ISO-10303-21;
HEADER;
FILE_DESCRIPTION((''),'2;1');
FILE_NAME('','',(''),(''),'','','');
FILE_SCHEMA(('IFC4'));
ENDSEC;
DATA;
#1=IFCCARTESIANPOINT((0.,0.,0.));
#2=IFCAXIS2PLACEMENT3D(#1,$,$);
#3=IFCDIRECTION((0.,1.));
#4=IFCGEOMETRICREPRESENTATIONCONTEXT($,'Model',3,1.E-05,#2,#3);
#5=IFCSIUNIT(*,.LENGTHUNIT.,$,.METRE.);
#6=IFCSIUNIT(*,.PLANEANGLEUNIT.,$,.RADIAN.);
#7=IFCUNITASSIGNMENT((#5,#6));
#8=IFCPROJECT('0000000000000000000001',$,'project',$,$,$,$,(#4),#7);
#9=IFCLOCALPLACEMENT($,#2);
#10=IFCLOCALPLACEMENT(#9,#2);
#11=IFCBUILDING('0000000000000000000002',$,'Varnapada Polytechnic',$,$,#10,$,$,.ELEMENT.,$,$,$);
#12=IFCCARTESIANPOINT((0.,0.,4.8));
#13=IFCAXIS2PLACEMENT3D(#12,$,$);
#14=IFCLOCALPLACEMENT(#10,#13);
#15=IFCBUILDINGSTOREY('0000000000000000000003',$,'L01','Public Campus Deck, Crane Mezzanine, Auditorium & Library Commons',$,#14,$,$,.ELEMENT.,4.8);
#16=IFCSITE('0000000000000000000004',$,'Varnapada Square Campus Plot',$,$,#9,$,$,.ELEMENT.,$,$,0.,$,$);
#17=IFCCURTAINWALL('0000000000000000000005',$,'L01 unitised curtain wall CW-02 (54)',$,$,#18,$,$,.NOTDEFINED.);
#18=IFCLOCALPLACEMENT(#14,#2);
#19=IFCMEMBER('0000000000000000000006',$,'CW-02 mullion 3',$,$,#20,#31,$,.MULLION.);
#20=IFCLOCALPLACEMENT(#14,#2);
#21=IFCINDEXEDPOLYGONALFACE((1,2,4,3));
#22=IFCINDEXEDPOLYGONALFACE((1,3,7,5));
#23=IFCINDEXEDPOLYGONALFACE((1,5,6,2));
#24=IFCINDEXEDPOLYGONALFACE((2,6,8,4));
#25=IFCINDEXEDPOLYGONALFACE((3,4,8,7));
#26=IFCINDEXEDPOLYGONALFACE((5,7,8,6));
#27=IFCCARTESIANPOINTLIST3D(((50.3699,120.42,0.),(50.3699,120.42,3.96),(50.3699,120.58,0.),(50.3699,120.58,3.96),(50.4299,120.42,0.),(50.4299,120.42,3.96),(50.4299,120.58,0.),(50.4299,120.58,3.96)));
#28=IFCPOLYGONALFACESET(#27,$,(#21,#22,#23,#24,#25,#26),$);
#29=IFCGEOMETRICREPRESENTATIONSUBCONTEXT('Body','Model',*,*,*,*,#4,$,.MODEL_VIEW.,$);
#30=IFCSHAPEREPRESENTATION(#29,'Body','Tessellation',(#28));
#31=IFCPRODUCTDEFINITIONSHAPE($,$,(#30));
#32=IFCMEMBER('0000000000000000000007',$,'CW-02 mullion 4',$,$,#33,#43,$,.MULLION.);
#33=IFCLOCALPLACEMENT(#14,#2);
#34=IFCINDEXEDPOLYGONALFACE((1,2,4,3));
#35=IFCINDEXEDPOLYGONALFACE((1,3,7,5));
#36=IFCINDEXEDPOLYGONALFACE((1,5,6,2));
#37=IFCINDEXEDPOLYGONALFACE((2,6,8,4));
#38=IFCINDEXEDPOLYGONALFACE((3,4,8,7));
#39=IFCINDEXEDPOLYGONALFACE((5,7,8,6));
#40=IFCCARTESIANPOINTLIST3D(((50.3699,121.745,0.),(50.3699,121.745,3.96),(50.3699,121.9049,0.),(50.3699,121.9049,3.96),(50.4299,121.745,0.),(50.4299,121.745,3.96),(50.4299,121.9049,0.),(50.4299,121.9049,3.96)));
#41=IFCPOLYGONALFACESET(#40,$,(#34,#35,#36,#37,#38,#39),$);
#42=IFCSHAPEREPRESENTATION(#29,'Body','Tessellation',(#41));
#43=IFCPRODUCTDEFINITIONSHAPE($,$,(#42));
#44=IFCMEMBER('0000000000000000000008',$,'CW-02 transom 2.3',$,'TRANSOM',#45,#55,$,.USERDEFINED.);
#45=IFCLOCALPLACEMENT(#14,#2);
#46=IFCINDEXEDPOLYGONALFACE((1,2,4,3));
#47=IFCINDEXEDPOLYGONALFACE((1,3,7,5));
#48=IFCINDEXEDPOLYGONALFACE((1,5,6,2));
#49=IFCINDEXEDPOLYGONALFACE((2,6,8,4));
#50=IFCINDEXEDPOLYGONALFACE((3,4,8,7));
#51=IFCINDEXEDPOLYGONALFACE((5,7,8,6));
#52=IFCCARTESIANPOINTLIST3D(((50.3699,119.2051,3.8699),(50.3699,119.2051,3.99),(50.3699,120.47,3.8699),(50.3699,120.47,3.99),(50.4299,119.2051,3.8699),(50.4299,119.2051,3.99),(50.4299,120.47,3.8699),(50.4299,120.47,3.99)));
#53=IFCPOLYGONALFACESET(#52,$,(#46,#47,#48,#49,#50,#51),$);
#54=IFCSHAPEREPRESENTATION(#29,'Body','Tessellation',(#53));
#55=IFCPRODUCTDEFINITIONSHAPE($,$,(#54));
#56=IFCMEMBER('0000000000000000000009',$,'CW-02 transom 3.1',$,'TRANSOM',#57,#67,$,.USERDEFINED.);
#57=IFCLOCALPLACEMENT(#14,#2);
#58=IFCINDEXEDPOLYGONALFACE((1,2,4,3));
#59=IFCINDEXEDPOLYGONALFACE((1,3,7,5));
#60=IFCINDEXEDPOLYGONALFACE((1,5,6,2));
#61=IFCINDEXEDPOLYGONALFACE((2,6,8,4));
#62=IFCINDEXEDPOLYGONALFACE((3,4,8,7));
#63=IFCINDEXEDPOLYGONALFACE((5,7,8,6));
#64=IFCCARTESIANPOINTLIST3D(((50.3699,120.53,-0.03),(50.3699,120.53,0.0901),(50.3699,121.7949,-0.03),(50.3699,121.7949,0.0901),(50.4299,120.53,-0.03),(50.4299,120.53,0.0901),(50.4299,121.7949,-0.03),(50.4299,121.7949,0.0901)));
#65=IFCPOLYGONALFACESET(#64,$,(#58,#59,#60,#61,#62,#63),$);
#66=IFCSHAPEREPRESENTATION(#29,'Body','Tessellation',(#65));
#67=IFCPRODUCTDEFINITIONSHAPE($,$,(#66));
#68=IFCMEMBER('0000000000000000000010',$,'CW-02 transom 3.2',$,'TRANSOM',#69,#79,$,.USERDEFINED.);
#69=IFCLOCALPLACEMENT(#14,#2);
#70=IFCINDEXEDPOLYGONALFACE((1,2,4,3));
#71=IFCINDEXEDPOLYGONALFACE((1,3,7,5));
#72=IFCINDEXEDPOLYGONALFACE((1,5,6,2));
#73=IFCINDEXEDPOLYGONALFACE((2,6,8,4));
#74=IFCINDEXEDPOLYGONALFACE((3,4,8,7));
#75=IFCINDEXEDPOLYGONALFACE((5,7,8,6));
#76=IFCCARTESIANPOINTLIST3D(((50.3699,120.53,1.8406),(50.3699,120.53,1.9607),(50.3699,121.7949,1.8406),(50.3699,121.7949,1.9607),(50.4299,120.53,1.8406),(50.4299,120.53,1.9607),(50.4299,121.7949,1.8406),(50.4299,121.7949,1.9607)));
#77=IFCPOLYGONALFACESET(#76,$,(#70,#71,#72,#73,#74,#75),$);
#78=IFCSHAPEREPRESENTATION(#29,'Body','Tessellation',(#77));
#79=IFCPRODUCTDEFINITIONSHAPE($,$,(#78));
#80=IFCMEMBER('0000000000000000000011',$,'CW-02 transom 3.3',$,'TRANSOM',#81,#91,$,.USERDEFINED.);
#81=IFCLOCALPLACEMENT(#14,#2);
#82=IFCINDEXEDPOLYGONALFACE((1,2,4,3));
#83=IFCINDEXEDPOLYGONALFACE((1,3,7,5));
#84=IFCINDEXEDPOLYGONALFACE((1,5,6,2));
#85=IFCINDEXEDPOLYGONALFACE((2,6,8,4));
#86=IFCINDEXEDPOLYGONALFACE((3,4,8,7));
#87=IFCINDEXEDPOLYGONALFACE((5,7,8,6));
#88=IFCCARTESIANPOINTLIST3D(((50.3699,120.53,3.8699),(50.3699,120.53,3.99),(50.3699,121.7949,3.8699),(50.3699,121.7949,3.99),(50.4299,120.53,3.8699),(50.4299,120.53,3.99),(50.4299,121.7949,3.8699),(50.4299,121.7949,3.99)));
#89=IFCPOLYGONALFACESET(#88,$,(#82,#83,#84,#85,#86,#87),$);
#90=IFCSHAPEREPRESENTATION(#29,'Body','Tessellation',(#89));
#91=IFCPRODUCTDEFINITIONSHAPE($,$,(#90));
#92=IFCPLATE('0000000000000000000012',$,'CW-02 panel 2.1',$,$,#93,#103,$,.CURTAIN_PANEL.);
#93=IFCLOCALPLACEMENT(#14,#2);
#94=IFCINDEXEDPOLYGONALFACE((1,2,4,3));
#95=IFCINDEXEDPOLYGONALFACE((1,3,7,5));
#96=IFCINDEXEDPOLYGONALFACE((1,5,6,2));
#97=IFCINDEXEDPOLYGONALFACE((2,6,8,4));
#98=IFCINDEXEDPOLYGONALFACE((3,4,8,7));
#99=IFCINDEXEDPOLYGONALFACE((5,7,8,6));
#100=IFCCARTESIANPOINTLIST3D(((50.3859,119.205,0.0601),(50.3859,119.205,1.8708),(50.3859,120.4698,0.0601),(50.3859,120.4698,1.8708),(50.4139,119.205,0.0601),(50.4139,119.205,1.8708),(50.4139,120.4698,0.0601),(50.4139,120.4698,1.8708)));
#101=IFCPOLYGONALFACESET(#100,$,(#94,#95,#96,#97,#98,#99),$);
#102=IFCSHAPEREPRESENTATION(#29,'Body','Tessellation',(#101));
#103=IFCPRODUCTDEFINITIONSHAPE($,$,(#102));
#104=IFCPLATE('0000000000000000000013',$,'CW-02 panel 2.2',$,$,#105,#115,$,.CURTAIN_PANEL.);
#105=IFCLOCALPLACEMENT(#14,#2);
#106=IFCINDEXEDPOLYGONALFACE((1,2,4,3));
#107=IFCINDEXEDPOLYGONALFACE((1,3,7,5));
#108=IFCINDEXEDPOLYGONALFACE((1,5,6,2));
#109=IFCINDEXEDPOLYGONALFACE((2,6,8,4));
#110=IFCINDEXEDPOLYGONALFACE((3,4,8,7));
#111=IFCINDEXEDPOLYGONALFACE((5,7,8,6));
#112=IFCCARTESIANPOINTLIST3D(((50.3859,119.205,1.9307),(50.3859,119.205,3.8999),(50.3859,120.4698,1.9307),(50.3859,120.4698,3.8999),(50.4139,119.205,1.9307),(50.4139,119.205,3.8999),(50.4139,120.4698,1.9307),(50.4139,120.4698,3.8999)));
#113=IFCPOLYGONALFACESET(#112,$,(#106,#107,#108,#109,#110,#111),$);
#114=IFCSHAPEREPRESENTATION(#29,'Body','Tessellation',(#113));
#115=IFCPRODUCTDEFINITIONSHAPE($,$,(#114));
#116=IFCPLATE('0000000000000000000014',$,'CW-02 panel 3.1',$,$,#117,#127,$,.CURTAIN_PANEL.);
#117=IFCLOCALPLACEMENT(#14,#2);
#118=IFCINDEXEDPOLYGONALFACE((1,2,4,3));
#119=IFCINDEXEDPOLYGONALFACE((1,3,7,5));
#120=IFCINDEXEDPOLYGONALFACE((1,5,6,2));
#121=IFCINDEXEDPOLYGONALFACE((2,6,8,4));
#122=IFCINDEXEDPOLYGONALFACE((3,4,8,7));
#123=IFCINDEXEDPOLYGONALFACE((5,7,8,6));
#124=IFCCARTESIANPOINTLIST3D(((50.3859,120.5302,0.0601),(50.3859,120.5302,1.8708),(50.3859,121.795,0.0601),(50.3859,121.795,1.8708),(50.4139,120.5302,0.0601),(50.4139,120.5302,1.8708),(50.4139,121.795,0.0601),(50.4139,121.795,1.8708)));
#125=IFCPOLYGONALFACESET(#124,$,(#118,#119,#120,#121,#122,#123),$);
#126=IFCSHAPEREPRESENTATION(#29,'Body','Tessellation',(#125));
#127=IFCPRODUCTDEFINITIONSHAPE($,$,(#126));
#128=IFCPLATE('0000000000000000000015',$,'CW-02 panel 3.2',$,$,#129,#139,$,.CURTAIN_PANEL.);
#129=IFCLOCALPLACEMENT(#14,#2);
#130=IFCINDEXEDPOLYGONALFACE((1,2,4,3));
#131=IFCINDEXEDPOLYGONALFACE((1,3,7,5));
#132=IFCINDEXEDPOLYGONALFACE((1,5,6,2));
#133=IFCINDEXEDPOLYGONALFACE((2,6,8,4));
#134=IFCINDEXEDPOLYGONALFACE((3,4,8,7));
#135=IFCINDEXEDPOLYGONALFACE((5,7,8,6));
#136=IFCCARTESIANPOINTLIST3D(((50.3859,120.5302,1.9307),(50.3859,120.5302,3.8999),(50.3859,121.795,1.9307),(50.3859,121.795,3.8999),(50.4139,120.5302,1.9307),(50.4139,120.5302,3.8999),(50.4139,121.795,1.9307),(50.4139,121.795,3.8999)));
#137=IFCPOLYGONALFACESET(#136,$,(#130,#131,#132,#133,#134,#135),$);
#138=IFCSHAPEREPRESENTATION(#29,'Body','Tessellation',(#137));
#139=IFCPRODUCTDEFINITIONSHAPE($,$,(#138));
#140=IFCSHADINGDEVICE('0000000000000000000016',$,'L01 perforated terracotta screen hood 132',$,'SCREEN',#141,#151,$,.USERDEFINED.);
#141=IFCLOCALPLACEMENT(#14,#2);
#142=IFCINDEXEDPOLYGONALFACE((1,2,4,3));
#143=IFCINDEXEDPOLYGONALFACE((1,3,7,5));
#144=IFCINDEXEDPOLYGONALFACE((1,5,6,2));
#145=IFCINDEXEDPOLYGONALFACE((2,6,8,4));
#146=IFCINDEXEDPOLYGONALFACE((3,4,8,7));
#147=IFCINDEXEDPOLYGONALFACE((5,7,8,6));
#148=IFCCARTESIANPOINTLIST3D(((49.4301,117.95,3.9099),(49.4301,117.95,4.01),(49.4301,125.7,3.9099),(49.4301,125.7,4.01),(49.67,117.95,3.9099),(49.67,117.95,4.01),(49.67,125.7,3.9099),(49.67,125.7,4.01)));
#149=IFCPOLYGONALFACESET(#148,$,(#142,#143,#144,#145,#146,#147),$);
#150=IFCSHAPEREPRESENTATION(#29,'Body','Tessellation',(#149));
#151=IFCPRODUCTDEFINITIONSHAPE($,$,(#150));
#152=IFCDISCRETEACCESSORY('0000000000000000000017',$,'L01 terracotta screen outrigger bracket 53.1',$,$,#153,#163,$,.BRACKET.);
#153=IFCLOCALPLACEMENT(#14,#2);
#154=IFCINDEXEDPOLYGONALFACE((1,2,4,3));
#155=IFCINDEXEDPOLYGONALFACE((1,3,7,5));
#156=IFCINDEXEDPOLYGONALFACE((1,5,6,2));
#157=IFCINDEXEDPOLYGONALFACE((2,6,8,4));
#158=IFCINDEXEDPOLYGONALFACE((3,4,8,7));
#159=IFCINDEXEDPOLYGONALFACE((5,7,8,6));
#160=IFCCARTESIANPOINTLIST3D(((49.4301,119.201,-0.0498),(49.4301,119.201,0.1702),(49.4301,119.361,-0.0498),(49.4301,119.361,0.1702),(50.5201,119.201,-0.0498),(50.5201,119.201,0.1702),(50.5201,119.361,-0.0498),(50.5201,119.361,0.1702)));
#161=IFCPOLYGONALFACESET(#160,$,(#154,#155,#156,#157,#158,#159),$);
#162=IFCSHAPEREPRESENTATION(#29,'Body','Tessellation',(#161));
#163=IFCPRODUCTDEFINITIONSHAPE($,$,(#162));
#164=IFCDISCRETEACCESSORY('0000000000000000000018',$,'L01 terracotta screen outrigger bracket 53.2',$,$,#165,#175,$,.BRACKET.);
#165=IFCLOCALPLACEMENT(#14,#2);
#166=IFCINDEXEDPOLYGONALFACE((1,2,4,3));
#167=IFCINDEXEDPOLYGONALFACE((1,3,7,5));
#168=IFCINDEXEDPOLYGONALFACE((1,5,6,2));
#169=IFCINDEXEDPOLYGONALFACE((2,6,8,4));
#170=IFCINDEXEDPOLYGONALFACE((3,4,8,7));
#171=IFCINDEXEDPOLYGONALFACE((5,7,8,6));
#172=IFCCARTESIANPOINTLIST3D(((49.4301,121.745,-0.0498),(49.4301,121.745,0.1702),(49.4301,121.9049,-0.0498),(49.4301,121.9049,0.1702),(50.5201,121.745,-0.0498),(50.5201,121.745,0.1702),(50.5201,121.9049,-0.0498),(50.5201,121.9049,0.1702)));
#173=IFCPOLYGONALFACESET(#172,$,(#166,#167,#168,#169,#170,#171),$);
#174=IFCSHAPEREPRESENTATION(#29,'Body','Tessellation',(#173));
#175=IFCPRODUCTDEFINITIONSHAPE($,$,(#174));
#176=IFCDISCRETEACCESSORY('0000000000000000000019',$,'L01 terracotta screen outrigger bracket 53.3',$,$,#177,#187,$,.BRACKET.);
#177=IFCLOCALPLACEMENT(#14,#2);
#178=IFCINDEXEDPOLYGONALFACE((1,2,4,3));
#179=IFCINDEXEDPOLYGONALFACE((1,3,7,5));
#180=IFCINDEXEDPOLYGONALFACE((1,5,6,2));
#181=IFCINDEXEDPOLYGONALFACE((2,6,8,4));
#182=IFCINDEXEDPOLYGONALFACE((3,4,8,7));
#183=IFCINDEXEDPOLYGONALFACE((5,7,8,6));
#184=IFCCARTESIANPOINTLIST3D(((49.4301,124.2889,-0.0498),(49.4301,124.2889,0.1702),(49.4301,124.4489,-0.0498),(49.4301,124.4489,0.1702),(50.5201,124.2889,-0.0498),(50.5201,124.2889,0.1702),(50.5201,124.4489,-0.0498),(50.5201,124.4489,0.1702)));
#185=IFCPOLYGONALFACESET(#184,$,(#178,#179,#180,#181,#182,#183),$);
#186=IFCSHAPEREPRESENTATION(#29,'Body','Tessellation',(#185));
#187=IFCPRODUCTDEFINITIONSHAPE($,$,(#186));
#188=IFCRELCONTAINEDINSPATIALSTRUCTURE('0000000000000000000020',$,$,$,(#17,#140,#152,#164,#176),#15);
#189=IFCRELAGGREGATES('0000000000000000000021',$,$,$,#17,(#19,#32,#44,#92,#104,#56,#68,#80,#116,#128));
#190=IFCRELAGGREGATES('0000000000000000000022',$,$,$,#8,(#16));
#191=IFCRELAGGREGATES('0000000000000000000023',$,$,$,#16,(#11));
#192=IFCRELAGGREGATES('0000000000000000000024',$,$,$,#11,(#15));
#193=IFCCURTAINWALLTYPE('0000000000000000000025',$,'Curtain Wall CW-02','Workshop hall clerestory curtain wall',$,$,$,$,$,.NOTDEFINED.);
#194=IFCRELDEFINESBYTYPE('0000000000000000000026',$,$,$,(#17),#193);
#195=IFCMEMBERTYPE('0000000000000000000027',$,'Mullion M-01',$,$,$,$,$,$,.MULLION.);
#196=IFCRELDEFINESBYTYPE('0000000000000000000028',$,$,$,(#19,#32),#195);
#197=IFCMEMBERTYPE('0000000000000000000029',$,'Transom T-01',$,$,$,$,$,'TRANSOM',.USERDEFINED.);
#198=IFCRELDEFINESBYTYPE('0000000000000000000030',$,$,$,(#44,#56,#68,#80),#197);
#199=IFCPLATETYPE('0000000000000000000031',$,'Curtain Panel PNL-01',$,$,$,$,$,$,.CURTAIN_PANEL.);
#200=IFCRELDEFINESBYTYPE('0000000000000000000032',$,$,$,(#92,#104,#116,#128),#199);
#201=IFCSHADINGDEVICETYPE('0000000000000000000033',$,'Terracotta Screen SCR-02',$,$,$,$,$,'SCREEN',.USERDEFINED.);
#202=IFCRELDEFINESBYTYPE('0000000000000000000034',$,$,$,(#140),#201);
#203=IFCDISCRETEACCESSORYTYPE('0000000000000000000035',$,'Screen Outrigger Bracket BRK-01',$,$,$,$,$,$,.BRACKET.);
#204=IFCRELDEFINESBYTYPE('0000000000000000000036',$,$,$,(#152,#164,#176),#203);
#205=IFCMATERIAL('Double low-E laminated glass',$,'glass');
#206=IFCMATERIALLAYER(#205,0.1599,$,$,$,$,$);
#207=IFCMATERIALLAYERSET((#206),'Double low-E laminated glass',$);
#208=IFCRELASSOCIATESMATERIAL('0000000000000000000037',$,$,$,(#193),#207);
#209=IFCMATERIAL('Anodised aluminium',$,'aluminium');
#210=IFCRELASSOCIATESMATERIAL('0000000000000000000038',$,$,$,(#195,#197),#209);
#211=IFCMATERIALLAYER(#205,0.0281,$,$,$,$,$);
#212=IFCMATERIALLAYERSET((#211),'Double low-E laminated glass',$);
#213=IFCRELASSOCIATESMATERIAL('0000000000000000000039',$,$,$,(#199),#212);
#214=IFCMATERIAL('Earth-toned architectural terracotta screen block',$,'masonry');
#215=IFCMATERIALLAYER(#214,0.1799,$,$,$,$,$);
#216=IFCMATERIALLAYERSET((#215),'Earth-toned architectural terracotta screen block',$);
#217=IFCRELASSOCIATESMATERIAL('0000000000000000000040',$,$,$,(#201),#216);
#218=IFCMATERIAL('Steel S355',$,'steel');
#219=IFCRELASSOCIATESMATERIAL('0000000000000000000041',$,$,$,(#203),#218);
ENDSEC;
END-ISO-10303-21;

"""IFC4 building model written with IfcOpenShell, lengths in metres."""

from ifc_helpers import new_model, si_unit, direction, frame, origin, origin_2d, place, context, subcontext, project, spatial, rectangle, extrude, material, layer, layer_set, material_profile, profile_set, type_object, element, aggregate, save


model = new_model("IFC4")

# Units and contexts
model_context = context("Model", 3, precision=1e-05, world=origin(), true_north=direction((0.0, 1.0)))
body_context = subcontext(model_context, "Body", "Model", "MODEL_VIEW")
ifc_project = project(units=[si_unit("LENGTHUNIT", "METRE"), si_unit("PLANEANGLEUNIT", "RADIAN")], contexts=[model_context])

# Site, building, storey
site_placement = place(None, origin())
site = spatial("IfcSite", under=ifc_project, at=site_placement, Name="Varnapada Square Campus Plot", CompositionType="ELEMENT", RefElevation=0.0)
building_placement = place(site_placement, origin())
building = spatial("IfcBuilding", under=site, at=building_placement, Name="Varnapada Polytechnic", CompositionType="ELEMENT")
storey_placement = place(building_placement, frame((0.0, 0.0, 4.8)))
storey = spatial("IfcBuildingStorey", under=building, at=storey_placement, Name="L01", Description="Public Campus Deck, Crane Mezzanine, Auditorium & Library Commons", CompositionType="ELEMENT", Elevation=4.8)

# Curtain wall, members, plates
ifc_material_1 = material(Name="Double low-E laminated glass", Category="glass")
ifc_layer_1 = layer(ifc_material_1, 0.1599)
ifc_layer_set_1 = layer_set([ifc_layer_1], Name="Double low-E laminated glass")
curtain_wall_type = type_object("IfcCurtainWallType", Name="Curtain Wall CW-02", Description="Workshop hall clerestory curtain wall", PredefinedType="NOTDEFINED", material=ifc_layer_set_1)
curtain_wall_placement = place(storey_placement, origin())
curtain_wall = element("IfcCurtainWall", 1, at=curtain_wall_placement, inside=storey, type_object=curtain_wall_type, Name="L01 unitised curtain wall CW-02 (54)", PredefinedType="NOTDEFINED")
ifc_material_2 = material(Name="Anodised aluminium", Category="aluminium")
ifc_material_profile_1 = material_profile(ifc_material_2, rectangle(XDim=0.0601, YDim=0.1599, at=origin_2d()), Name="ALU M60x160")
ifc_profile_set_1 = profile_set([ifc_material_profile_1], Name="Anodised aluminium")
member_type_1 = type_object("IfcMemberType", Name="Mullion M-01", PredefinedType="MULLION", material=ifc_profile_set_1)
member_1_placement = place(storey_placement, frame((50.3999, 120.5, 0.0), z_axis=(0.0, 0.0, 1.0), x_axis=(-1.0, 0.0, 0.0)))
member_1 = element("IfcMember", 2, at=member_1_placement, type_object=member_type_1, Name="CW-02 mullion 3", PredefinedType="MULLION", context=body_context, shape_type="SweptSolid", body=[
    extrude(rectangle(XDim=0.0601, YDim=0.1599, at=origin_2d()), origin(), (0.0, 0.0, 1.0), 3.96),
])
member_2_placement = place(storey_placement, frame((50.3999, 121.825, 0.0), z_axis=(0.0, 0.0, 1.0), x_axis=(-1.0, 0.0, 0.0)))
member_2 = element("IfcMember", 3, at=member_2_placement, type_object=member_type_1, Name="CW-02 mullion 4", PredefinedType="MULLION", context=body_context, shape_type="SweptSolid", body=[
    extrude(rectangle(XDim=0.0601, YDim=0.1599, at=origin_2d()), origin(), (0.0, 0.0, 1.0), 3.96),
])
ifc_material_profile_2 = material_profile(ifc_material_2, rectangle(XDim=0.0601, YDim=0.1201, at=origin_2d()), Name="ALU T60x120")
ifc_profile_set_2 = profile_set([ifc_material_profile_2], Name="Anodised aluminium")
member_type_2 = type_object("IfcMemberType", Name="Transom T-01", ElementType="TRANSOM", PredefinedType="USERDEFINED", material=ifc_profile_set_2)
member_3_placement = place(storey_placement, frame((50.3999, 119.2051, 3.9299), z_axis=(0.0, 1.0, 0.0), x_axis=(-1.0, 0.0, 0.0)))
member_3 = element("IfcMember", 4, at=member_3_placement, type_object=member_type_2, Name="CW-02 transom 2.3", ObjectType="TRANSOM", PredefinedType="USERDEFINED", context=body_context, shape_type="SweptSolid", body=[
    extrude(rectangle(XDim=0.0601, YDim=0.1201, at=origin_2d()), origin(), (0.0, 0.0, 1.0), 1.2649),
])
member_4_placement = place(storey_placement, frame((50.3999, 120.53, 0.03), z_axis=(0.0, 1.0, 0.0), x_axis=(-1.0, 0.0, 0.0)))
member_4 = element("IfcMember", 5, at=member_4_placement, type_object=member_type_2, Name="CW-02 transom 3.1", ObjectType="TRANSOM", PredefinedType="USERDEFINED", context=body_context, shape_type="SweptSolid", body=[
    extrude(rectangle(XDim=0.0601, YDim=0.1201, at=origin_2d()), origin(), (0.0, 0.0, 1.0), 1.2649),
])
member_5_placement = place(storey_placement, frame((50.3999, 120.53, 1.9006), z_axis=(0.0, 1.0, 0.0), x_axis=(-1.0, 0.0, 0.0)))
member_5 = element("IfcMember", 6, at=member_5_placement, type_object=member_type_2, Name="CW-02 transom 3.2", ObjectType="TRANSOM", PredefinedType="USERDEFINED", context=body_context, shape_type="SweptSolid", body=[
    extrude(rectangle(XDim=0.0601, YDim=0.1201, at=origin_2d()), origin(), (0.0, 0.0, 1.0), 1.2649),
])
member_6_placement = place(storey_placement, frame((50.3999, 120.53, 3.9299), z_axis=(0.0, 1.0, 0.0), x_axis=(-1.0, 0.0, 0.0)))
member_6 = element("IfcMember", 7, at=member_6_placement, type_object=member_type_2, Name="CW-02 transom 3.3", ObjectType="TRANSOM", PredefinedType="USERDEFINED", context=body_context, shape_type="SweptSolid", body=[
    extrude(rectangle(XDim=0.0601, YDim=0.1201, at=origin_2d()), origin(), (0.0, 0.0, 1.0), 1.2649),
])
ifc_layer_2 = layer(ifc_material_1, 0.0281)
ifc_layer_set_2 = layer_set([ifc_layer_2], Name="Double low-E laminated glass")
plate_type = type_object("IfcPlateType", Name="Curtain Panel PNL-01", PredefinedType="CURTAIN_PANEL", material=ifc_layer_set_2)
plate_1_placement = place(storey_placement, frame((50.3999, 119.8374, 0.0601), z_axis=(0.0, 0.0, 1.0), x_axis=(0.0, 1.0, 0.0)))
plate_1 = element("IfcPlate", 8, at=plate_1_placement, type_object=plate_type, Name="CW-02 panel 2.1", PredefinedType="CURTAIN_PANEL", context=body_context, shape_type="SweptSolid", body=[
    extrude(rectangle(XDim=1.2649, YDim=0.0281, at=origin_2d()), origin(), (0.0, 0.0, 1.0), 1.8108),
])
plate_2_placement = place(storey_placement, frame((50.3999, 119.8374, 1.9307), z_axis=(0.0, 0.0, 1.0), x_axis=(0.0, 1.0, 0.0)))
plate_2 = element("IfcPlate", 9, at=plate_2_placement, type_object=plate_type, Name="CW-02 panel 2.2", PredefinedType="CURTAIN_PANEL", context=body_context, shape_type="SweptSolid", body=[
    extrude(rectangle(XDim=1.2649, YDim=0.0281, at=origin_2d()), origin(), (0.0, 0.0, 1.0), 1.9692),
])
plate_3_placement = place(storey_placement, frame((50.3999, 121.1626, 0.0601), z_axis=(0.0, 0.0, 1.0), x_axis=(0.0, 1.0, 0.0)))
plate_3 = element("IfcPlate", 10, at=plate_3_placement, type_object=plate_type, Name="CW-02 panel 3.1", PredefinedType="CURTAIN_PANEL", context=body_context, shape_type="SweptSolid", body=[
    extrude(rectangle(XDim=1.2649, YDim=0.0281, at=origin_2d()), origin(), (0.0, 0.0, 1.0), 1.8108),
])
plate_4_placement = place(storey_placement, frame((50.3999, 121.1626, 1.9307), z_axis=(0.0, 0.0, 1.0), x_axis=(0.0, 1.0, 0.0)))
plate_4 = element("IfcPlate", 11, at=plate_4_placement, type_object=plate_type, Name="CW-02 panel 3.2", PredefinedType="CURTAIN_PANEL", context=body_context, shape_type="SweptSolid", body=[
    extrude(rectangle(XDim=1.2649, YDim=0.0281, at=origin_2d()), origin(), (0.0, 0.0, 1.0), 1.9692),
])
aggregate(curtain_wall, [member_1, member_2, member_3, plate_1, plate_2, member_4, member_5, member_6, plate_3, plate_4])

# Shading device
ifc_material_3 = material(Name="Earth-toned architectural terracotta screen block", Category="masonry")
ifc_layer_3 = layer(ifc_material_3, 0.1799)
ifc_layer_set_3 = layer_set([ifc_layer_3], Name="Earth-toned architectural terracotta screen block")
shading_device_type = type_object("IfcShadingDeviceType", Name="Terracotta Screen SCR-02", ElementType="SCREEN", PredefinedType="USERDEFINED", material=ifc_layer_set_3)
shading_device_placement = place(storey_placement, frame((49.55, 121.825, 3.9099), z_axis=(0.0, 0.0, 1.0), x_axis=(0.0, 1.0, 0.0)))
element("IfcShadingDevice", 12, at=shading_device_placement, inside=storey, type_object=shading_device_type, Name="L01 perforated terracotta screen hood 132", ObjectType="SCREEN", PredefinedType="USERDEFINED", context=body_context, shape_type="SweptSolid", body=[
    extrude(rectangle(XDim=7.75, YDim=0.24, at=origin_2d()), origin(), (0.0, 0.0, 1.0), 0.1001),
])

# Discrete accessories
ifc_material_4 = material(Name="Steel S355", Category="steel")
discrete_accessory_type = type_object("IfcDiscreteAccessoryType", Name="Screen Outrigger Bracket BRK-01", PredefinedType="BRACKET", material=ifc_material_4)
for number, where, z_axis, x_axis, name in (
    (13, (49.9751, 119.281, -0.0498), (0.0, 0.0, 1.0), (0.0, 1.0, 0.0), "L01 terracotta screen outrigger bracket 53.1"),
    (14, (49.9751, 121.825, -0.0498), (0.0, 0.0, 1.0), (0.0, 1.0, 0.0), "L01 terracotta screen outrigger bracket 53.2"),
    (15, (49.9751, 124.3689, -0.0498), (0.0, 0.0, 1.0), (0.0, 1.0, 0.0), "L01 terracotta screen outrigger bracket 53.3"),
):
    element("IfcDiscreteAccessory", number, at=place(storey_placement, frame(where, z_axis=z_axis, x_axis=x_axis)), inside=storey, type_object=discrete_accessory_type, Name=name, PredefinedType="BRACKET", context=body_context, shape_type="SweptSolid", body=[
        extrude(rectangle(XDim=0.1599, YDim=1.0901, at=origin_2d()), origin(), (0.0, 0.0, 1.0), 0.22),
    ])

save(model, "model.ifc")
